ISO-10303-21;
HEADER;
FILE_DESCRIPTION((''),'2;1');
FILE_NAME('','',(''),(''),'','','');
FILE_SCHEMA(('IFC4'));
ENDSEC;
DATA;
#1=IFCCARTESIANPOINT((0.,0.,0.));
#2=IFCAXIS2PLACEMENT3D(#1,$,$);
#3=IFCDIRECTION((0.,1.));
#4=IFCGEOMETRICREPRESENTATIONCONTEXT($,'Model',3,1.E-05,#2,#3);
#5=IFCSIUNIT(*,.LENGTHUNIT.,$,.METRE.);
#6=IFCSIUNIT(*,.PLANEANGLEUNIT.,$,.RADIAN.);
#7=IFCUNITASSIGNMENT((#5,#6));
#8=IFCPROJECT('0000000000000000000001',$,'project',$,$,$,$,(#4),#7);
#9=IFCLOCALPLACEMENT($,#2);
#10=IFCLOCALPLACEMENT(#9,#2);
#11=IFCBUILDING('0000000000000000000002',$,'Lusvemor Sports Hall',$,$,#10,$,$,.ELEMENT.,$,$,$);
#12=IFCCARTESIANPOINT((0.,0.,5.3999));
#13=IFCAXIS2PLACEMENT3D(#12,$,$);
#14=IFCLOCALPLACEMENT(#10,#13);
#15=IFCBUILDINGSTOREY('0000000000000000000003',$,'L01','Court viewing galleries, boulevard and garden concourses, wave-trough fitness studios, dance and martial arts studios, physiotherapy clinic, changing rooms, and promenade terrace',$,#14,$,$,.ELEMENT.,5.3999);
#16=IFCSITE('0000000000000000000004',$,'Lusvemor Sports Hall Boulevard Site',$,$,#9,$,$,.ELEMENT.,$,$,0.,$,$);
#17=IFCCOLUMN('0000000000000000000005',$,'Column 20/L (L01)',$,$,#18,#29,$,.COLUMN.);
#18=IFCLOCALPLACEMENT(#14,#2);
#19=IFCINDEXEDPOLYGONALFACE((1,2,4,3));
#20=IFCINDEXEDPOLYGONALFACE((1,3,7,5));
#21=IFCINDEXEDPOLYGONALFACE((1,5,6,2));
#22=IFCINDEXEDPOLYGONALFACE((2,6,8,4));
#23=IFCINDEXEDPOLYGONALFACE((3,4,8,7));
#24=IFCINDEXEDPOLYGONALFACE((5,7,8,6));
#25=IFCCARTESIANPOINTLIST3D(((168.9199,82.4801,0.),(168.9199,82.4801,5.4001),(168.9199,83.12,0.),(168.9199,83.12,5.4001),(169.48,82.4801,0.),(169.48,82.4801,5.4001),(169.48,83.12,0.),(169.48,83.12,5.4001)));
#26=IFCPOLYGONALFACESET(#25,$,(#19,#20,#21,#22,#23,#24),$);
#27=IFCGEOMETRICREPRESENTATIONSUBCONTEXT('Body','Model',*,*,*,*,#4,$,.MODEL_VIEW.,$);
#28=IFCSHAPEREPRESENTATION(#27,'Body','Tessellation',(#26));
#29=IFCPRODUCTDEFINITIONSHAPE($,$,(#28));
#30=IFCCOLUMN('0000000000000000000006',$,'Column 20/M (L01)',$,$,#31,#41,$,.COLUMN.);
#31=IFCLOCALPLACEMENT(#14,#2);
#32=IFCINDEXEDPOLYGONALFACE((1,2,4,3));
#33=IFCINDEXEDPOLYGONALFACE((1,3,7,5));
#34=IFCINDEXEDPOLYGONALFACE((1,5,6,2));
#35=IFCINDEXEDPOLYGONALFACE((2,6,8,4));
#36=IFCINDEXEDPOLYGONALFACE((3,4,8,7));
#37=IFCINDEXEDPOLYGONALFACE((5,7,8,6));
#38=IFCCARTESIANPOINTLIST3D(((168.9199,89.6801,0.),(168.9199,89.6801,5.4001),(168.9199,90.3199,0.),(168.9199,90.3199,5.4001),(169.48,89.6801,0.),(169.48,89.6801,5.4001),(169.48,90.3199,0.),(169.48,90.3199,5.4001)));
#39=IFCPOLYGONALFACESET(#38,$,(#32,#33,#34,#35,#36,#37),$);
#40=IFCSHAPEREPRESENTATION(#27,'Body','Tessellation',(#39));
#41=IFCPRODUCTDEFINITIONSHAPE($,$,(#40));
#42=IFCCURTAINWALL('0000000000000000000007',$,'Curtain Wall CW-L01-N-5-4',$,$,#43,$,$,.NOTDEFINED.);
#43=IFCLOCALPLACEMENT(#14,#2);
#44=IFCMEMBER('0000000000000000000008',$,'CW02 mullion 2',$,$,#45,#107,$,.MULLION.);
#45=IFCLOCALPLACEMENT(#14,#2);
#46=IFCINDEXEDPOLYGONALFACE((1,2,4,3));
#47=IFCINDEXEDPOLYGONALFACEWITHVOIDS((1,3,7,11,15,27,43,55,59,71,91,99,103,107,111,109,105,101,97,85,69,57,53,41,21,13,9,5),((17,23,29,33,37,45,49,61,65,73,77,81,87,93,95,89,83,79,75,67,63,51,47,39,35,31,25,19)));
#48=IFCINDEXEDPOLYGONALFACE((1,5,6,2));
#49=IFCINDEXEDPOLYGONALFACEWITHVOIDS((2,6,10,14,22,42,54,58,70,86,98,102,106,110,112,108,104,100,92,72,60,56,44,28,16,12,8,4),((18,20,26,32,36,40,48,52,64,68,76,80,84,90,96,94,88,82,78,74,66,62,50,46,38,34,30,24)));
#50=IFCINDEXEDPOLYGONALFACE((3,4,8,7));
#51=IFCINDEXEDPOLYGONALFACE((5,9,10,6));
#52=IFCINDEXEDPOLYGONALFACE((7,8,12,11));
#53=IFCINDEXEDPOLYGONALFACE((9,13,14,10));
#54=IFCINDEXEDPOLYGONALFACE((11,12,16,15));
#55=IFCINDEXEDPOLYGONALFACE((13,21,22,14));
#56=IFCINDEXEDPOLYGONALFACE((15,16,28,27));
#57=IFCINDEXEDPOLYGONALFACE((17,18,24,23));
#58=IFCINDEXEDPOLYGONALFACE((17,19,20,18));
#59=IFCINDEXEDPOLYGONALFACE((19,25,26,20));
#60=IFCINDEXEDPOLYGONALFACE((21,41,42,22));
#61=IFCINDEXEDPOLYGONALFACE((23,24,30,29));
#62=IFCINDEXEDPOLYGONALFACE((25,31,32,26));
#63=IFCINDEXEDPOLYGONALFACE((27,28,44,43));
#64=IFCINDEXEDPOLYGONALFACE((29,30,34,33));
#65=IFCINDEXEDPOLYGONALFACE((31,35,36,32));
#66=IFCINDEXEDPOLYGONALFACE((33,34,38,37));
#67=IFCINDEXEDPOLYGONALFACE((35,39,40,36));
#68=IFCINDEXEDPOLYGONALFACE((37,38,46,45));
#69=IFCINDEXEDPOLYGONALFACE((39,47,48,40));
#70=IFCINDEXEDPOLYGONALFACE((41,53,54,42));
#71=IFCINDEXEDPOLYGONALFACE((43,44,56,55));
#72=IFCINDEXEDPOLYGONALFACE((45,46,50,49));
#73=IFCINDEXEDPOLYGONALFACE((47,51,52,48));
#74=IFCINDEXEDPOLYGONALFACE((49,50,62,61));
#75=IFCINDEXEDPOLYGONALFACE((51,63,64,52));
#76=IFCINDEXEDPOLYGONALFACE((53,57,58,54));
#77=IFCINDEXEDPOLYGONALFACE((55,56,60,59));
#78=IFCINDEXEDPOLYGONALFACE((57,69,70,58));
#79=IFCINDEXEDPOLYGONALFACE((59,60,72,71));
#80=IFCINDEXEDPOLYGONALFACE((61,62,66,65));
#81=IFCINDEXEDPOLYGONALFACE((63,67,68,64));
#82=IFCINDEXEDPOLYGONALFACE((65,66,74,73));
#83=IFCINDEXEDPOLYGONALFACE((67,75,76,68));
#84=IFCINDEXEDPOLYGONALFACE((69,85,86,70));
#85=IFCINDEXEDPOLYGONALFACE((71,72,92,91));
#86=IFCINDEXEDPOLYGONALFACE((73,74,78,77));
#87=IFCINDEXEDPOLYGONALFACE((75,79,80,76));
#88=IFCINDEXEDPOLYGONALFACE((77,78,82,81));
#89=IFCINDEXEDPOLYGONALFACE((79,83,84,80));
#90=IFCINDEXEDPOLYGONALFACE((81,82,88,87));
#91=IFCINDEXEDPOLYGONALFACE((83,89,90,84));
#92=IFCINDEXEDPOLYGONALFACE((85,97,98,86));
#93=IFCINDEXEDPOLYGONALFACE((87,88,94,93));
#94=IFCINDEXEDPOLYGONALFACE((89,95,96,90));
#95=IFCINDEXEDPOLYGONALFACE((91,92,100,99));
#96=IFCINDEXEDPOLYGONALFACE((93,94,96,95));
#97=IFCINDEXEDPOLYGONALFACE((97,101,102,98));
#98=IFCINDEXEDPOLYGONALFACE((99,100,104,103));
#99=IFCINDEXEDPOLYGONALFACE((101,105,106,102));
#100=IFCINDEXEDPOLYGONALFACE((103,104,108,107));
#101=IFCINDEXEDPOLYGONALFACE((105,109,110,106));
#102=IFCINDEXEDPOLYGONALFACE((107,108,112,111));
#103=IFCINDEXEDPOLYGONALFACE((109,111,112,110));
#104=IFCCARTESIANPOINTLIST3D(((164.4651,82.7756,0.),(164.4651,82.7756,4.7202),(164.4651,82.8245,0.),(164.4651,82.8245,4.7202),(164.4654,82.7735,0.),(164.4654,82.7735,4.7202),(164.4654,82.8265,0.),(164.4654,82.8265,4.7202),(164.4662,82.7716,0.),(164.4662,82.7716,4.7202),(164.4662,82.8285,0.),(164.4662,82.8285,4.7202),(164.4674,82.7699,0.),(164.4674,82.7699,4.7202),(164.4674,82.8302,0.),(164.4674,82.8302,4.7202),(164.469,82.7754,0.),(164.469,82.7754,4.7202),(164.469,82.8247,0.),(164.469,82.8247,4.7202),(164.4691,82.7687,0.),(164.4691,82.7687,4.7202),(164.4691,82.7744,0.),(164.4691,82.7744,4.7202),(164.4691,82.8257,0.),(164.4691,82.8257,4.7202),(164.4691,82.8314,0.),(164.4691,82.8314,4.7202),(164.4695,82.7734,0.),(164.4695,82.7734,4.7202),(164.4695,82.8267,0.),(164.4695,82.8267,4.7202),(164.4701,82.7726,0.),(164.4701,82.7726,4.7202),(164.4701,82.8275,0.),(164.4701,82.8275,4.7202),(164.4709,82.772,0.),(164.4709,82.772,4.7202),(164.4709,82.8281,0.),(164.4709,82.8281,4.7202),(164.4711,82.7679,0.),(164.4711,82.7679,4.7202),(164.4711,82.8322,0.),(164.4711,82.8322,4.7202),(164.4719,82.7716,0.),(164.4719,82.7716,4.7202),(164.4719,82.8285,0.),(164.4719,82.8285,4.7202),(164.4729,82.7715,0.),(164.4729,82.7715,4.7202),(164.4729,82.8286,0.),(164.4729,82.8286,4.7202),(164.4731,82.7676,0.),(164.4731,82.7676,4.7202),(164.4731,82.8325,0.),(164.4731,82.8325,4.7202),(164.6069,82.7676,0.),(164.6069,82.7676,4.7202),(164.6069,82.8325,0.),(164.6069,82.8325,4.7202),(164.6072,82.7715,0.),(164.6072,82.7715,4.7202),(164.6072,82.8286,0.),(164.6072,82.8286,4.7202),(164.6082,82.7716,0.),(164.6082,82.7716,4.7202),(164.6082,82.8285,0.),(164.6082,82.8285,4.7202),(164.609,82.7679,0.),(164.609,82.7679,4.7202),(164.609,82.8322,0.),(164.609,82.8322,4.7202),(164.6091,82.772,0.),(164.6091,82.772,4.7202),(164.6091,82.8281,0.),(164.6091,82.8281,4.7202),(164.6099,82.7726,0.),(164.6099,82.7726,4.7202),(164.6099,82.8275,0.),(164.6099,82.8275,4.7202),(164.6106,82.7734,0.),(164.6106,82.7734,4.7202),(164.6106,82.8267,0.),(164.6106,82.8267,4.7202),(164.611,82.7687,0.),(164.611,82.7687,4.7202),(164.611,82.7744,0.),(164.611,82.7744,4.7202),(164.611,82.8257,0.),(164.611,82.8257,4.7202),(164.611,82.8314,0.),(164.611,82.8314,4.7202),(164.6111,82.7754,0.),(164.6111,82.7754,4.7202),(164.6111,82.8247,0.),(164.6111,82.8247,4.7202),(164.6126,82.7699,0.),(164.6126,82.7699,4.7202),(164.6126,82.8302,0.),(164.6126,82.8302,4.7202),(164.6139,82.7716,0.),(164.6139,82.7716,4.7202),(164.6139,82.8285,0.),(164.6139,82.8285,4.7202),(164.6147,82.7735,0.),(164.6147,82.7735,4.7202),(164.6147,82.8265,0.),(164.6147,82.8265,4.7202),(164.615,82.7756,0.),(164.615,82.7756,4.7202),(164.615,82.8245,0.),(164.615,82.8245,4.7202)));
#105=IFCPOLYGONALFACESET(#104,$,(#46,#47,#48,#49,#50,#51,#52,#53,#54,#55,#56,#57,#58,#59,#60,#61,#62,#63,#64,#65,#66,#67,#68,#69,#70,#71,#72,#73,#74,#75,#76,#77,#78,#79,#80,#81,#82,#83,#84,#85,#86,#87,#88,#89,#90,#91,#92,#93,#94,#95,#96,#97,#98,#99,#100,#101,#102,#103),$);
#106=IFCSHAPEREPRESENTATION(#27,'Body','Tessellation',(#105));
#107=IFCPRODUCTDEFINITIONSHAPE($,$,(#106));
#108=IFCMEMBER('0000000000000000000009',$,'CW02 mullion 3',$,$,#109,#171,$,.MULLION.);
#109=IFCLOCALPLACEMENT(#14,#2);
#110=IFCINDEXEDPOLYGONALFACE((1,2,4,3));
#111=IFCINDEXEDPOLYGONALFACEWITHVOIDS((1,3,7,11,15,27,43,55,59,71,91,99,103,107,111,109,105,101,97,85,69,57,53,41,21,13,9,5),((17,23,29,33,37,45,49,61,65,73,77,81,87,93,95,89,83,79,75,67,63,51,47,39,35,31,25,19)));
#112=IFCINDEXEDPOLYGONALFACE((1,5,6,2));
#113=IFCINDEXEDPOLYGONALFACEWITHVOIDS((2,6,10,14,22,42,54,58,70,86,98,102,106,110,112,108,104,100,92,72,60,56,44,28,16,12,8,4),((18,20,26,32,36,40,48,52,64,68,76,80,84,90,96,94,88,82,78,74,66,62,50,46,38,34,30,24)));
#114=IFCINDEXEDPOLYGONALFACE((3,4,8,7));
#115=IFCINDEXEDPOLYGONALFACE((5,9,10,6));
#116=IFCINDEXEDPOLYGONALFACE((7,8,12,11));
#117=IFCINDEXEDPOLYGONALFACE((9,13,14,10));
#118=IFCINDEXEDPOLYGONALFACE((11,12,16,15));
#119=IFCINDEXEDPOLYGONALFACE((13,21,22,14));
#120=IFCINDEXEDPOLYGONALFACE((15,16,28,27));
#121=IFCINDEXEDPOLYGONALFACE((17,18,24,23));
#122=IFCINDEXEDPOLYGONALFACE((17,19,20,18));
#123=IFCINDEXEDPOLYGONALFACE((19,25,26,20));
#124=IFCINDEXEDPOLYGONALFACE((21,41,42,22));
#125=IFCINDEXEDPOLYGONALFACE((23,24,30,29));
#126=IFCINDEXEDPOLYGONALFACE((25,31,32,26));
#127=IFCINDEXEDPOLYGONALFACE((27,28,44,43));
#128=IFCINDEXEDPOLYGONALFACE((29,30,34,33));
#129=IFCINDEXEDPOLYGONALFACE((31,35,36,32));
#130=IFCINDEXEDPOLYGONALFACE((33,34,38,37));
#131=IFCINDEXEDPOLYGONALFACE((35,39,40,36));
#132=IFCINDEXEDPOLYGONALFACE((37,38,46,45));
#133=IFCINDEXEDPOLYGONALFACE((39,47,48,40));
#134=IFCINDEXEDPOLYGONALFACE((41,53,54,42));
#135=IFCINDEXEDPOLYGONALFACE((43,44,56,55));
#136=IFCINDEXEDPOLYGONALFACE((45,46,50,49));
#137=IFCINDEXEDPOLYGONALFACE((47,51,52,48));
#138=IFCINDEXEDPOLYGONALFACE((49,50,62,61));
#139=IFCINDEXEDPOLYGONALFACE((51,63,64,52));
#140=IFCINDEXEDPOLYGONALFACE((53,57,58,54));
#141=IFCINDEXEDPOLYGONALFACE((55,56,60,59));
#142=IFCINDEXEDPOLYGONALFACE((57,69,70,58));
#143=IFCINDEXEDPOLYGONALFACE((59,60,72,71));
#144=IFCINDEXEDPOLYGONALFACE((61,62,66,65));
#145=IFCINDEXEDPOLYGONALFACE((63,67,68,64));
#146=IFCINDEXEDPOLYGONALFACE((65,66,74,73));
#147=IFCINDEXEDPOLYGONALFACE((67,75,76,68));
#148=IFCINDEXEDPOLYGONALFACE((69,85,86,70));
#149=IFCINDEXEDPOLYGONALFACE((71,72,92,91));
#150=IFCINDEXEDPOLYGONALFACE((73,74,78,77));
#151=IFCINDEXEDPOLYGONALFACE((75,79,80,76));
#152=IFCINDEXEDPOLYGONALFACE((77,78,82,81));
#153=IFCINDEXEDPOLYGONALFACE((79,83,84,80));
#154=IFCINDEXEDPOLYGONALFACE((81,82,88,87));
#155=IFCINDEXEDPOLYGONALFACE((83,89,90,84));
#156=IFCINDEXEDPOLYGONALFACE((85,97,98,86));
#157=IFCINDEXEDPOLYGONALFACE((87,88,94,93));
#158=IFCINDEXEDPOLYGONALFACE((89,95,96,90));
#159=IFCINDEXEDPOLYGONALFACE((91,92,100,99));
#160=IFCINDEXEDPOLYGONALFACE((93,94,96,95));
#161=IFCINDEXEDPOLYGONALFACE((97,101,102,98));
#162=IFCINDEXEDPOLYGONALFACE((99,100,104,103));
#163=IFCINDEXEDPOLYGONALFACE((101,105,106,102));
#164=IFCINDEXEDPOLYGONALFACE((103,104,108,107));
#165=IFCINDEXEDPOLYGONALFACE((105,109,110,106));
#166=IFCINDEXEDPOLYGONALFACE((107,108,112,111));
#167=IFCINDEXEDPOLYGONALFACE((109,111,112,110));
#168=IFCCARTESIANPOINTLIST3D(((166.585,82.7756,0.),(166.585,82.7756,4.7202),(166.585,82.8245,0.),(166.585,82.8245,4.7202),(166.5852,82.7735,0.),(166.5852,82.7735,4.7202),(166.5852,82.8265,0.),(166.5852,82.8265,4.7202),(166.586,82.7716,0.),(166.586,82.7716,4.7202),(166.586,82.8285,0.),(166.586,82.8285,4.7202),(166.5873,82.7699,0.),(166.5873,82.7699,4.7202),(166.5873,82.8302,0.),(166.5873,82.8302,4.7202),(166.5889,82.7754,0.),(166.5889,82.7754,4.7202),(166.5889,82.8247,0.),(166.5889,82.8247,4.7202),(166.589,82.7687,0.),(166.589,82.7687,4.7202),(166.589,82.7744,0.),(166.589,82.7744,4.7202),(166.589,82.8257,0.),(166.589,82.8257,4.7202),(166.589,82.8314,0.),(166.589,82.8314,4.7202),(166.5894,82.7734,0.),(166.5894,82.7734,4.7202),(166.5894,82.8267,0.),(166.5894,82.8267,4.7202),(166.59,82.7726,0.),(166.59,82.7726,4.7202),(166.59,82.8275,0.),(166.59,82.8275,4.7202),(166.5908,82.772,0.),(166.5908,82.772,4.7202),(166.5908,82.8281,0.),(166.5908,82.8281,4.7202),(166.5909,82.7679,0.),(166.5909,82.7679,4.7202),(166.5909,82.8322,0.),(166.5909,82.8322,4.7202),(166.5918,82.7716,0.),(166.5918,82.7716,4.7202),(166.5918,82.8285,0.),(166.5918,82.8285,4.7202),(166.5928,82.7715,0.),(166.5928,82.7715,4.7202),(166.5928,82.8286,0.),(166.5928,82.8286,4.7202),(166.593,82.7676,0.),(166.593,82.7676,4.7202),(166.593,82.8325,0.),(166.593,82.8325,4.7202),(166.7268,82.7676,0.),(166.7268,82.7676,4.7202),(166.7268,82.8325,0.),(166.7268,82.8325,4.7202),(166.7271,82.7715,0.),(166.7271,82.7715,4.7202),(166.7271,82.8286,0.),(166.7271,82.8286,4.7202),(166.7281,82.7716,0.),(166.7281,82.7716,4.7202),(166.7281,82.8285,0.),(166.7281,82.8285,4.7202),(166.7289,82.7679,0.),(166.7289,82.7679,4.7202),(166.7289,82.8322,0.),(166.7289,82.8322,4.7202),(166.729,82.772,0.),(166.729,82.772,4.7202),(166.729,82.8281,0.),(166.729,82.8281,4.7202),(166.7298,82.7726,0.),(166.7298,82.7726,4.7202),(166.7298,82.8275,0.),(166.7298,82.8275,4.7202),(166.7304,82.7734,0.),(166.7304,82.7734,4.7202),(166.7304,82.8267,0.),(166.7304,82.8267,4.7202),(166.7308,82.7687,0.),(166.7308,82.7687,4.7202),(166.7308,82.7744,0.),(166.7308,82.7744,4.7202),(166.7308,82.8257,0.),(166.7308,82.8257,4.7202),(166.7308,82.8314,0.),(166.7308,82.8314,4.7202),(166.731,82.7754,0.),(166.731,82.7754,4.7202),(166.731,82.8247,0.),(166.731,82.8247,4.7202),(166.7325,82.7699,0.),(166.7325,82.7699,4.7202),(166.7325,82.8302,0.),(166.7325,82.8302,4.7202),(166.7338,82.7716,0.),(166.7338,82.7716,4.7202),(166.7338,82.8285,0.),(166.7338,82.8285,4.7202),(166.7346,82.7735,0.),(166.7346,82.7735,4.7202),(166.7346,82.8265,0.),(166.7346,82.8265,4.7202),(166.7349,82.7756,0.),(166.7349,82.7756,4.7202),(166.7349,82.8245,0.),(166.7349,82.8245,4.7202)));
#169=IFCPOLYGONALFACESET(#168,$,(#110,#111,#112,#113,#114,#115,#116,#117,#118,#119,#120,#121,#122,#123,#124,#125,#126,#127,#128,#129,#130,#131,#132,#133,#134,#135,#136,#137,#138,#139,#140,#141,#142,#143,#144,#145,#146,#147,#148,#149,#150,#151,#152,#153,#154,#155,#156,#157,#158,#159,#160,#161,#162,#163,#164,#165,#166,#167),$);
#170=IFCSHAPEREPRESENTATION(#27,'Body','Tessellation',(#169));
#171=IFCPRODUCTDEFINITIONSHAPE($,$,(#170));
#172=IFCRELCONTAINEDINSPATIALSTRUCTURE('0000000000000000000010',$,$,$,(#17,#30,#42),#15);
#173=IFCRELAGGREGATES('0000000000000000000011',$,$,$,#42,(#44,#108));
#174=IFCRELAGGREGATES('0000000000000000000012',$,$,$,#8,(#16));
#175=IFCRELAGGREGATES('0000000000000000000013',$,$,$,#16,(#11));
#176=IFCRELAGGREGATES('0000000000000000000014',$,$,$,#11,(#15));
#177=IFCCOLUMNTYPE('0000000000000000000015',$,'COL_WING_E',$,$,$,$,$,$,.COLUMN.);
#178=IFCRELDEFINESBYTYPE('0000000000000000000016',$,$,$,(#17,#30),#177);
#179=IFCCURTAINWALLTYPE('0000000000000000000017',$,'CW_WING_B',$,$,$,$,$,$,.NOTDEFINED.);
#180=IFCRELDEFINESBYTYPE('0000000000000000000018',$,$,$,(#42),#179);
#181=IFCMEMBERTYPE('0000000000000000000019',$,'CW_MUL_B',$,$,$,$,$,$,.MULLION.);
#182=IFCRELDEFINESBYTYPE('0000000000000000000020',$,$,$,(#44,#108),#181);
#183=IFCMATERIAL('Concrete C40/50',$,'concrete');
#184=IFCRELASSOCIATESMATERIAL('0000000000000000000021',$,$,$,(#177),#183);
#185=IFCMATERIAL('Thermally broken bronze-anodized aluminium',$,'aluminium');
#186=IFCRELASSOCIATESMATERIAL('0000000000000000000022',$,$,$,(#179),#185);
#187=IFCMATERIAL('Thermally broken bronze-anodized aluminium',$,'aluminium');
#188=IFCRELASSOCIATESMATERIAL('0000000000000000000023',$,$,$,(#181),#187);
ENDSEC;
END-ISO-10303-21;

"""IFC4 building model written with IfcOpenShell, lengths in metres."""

from ifc_helpers import new_model, si_unit, direction, frame, origin, origin_2d, place, context, subcontext, project, spatial, rectangle, hollow_rectangle, extrude, material, material_profile, profile_set, type_object, element, aggregate, save


model = new_model("IFC4")

# Units and contexts
model_context = context("Model", 3, precision=1e-05, world=origin(), true_north=direction((0.0, 1.0)))
body_context = subcontext(model_context, "Body", "Model", "MODEL_VIEW")
ifc_project = project(units=[si_unit("LENGTHUNIT", "METRE"), si_unit("PLANEANGLEUNIT", "RADIAN")], contexts=[model_context])

# Site, building, storey
site_placement = place(None, origin())
site = spatial("IfcSite", under=ifc_project, at=site_placement, Name="Lusvemor Sports Hall Boulevard Site", CompositionType="ELEMENT", RefElevation=0.0)
building_placement = place(site_placement, origin())
building = spatial("IfcBuilding", under=site, at=building_placement, Name="Lusvemor Sports Hall", CompositionType="ELEMENT")
storey_placement = place(building_placement, frame((0.0, 0.0, 5.3999)))
storey = spatial("IfcBuildingStorey", under=building, at=storey_placement, Name="L01", Description="Court viewing galleries, boulevard and garden concourses, wave-trough fitness studios, dance and martial arts studios, physiotherapy clinic, changing rooms, and promenade terrace", CompositionType="ELEMENT", Elevation=5.3999)

# Columns
ifc_material_1 = material(Name="Concrete C40/50", Category="concrete")
ifc_material_profile_1 = material_profile(ifc_material_1, rectangle(XDim=0.5601, YDim=0.6399, at=origin_2d()), Name="RC560x640")
ifc_profile_set_1 = profile_set([ifc_material_profile_1], Name="Concrete C40/50")
column_type = type_object("IfcColumnType", Name="COL_WING_E", PredefinedType="COLUMN", material=ifc_profile_set_1)
for number, where, z_axis, x_axis, name in (
    (1, (169.2, 82.8, 0.0), (0.0, 0.0, 1.0), (1.0, 0.0, 0.0), "Column 20/L (L01)"),
    (2, (169.2, 90.0, 0.0), (0.0, 0.0, 1.0), (1.0, 0.0, 0.0), "Column 20/M (L01)"),
):
    element("IfcColumn", number, at=place(storey_placement, frame(where, z_axis=z_axis, x_axis=x_axis)), inside=storey, type_object=column_type, Name=name, PredefinedType="COLUMN", context=body_context, shape_type="SweptSolid", body=[
        extrude(rectangle(XDim=0.5601, YDim=0.6399, at=origin_2d()), origin(), (0.0, 0.0, 1.0), 5.4001),
    ])

# Curtain wall, members
ifc_material_2 = material(Name="Thermally broken bronze-anodized aluminium", Category="aluminium")
curtain_wall_type = type_object("IfcCurtainWallType", Name="CW_WING_B", PredefinedType="NOTDEFINED", material=ifc_material_2)
curtain_wall_placement = place(storey_placement, origin())
curtain_wall = element("IfcCurtainWall", 3, at=curtain_wall_placement, inside=storey, type_object=curtain_wall_type, Name="Curtain Wall CW-L01-N-5-4", PredefinedType="NOTDEFINED")
ifc_material_3 = material(Name="Thermally broken bronze-anodized aluminium", Category="aluminium")
ifc_material_profile_2 = material_profile(ifc_material_3, hollow_rectangle(XDim=0.0649, YDim=0.1499, WallThickness=0.0039, InnerFilletRadius=0.0039, OuterFilletRadius=0.0081, at=origin_2d()), Name="CWMUL150x65x4")
ifc_profile_set_2 = profile_set([ifc_material_profile_2], Name="Thermally broken bronze-anodized aluminium")
member_type_1 = type_object("IfcMemberType", Name="CW_MUL_B", PredefinedType="MULLION", material=ifc_profile_set_2)
member_1_placement = place(storey_placement, frame((164.54, 82.8, 0.0), z_axis=(0.0, 0.0, 1.0), x_axis=(0.0, 1.0, 0.0)))
member_1 = element("IfcMember", 4, at=member_1_placement, type_object=member_type_1, Name="CW02 mullion 2", PredefinedType="MULLION", context=body_context, shape_type="SweptSolid", body=[
    extrude(hollow_rectangle(XDim=0.0649, YDim=0.1499, WallThickness=0.0039, InnerFilletRadius=0.0039, OuterFilletRadius=0.0081, at=origin_2d()), origin(), (0.0, 0.0, 1.0), 4.7202),
])
member_2_placement = place(storey_placement, frame((166.6599, 82.8, 0.0), z_axis=(0.0, 0.0, 1.0), x_axis=(0.0, 1.0, 0.0)))
member_2 = element("IfcMember", 5, at=member_2_placement, type_object=member_type_1, Name="CW02 mullion 3", PredefinedType="MULLION", context=body_context, shape_type="SweptSolid", body=[
    extrude(hollow_rectangle(XDim=0.0649, YDim=0.1499, WallThickness=0.0039, InnerFilletRadius=0.0039, OuterFilletRadius=0.0081, at=origin_2d()), origin(), (0.0, 0.0, 1.0), 4.7202),
])

aggregate(curtain_wall, [member_1, member_2])

save(model, "model.ifc")
